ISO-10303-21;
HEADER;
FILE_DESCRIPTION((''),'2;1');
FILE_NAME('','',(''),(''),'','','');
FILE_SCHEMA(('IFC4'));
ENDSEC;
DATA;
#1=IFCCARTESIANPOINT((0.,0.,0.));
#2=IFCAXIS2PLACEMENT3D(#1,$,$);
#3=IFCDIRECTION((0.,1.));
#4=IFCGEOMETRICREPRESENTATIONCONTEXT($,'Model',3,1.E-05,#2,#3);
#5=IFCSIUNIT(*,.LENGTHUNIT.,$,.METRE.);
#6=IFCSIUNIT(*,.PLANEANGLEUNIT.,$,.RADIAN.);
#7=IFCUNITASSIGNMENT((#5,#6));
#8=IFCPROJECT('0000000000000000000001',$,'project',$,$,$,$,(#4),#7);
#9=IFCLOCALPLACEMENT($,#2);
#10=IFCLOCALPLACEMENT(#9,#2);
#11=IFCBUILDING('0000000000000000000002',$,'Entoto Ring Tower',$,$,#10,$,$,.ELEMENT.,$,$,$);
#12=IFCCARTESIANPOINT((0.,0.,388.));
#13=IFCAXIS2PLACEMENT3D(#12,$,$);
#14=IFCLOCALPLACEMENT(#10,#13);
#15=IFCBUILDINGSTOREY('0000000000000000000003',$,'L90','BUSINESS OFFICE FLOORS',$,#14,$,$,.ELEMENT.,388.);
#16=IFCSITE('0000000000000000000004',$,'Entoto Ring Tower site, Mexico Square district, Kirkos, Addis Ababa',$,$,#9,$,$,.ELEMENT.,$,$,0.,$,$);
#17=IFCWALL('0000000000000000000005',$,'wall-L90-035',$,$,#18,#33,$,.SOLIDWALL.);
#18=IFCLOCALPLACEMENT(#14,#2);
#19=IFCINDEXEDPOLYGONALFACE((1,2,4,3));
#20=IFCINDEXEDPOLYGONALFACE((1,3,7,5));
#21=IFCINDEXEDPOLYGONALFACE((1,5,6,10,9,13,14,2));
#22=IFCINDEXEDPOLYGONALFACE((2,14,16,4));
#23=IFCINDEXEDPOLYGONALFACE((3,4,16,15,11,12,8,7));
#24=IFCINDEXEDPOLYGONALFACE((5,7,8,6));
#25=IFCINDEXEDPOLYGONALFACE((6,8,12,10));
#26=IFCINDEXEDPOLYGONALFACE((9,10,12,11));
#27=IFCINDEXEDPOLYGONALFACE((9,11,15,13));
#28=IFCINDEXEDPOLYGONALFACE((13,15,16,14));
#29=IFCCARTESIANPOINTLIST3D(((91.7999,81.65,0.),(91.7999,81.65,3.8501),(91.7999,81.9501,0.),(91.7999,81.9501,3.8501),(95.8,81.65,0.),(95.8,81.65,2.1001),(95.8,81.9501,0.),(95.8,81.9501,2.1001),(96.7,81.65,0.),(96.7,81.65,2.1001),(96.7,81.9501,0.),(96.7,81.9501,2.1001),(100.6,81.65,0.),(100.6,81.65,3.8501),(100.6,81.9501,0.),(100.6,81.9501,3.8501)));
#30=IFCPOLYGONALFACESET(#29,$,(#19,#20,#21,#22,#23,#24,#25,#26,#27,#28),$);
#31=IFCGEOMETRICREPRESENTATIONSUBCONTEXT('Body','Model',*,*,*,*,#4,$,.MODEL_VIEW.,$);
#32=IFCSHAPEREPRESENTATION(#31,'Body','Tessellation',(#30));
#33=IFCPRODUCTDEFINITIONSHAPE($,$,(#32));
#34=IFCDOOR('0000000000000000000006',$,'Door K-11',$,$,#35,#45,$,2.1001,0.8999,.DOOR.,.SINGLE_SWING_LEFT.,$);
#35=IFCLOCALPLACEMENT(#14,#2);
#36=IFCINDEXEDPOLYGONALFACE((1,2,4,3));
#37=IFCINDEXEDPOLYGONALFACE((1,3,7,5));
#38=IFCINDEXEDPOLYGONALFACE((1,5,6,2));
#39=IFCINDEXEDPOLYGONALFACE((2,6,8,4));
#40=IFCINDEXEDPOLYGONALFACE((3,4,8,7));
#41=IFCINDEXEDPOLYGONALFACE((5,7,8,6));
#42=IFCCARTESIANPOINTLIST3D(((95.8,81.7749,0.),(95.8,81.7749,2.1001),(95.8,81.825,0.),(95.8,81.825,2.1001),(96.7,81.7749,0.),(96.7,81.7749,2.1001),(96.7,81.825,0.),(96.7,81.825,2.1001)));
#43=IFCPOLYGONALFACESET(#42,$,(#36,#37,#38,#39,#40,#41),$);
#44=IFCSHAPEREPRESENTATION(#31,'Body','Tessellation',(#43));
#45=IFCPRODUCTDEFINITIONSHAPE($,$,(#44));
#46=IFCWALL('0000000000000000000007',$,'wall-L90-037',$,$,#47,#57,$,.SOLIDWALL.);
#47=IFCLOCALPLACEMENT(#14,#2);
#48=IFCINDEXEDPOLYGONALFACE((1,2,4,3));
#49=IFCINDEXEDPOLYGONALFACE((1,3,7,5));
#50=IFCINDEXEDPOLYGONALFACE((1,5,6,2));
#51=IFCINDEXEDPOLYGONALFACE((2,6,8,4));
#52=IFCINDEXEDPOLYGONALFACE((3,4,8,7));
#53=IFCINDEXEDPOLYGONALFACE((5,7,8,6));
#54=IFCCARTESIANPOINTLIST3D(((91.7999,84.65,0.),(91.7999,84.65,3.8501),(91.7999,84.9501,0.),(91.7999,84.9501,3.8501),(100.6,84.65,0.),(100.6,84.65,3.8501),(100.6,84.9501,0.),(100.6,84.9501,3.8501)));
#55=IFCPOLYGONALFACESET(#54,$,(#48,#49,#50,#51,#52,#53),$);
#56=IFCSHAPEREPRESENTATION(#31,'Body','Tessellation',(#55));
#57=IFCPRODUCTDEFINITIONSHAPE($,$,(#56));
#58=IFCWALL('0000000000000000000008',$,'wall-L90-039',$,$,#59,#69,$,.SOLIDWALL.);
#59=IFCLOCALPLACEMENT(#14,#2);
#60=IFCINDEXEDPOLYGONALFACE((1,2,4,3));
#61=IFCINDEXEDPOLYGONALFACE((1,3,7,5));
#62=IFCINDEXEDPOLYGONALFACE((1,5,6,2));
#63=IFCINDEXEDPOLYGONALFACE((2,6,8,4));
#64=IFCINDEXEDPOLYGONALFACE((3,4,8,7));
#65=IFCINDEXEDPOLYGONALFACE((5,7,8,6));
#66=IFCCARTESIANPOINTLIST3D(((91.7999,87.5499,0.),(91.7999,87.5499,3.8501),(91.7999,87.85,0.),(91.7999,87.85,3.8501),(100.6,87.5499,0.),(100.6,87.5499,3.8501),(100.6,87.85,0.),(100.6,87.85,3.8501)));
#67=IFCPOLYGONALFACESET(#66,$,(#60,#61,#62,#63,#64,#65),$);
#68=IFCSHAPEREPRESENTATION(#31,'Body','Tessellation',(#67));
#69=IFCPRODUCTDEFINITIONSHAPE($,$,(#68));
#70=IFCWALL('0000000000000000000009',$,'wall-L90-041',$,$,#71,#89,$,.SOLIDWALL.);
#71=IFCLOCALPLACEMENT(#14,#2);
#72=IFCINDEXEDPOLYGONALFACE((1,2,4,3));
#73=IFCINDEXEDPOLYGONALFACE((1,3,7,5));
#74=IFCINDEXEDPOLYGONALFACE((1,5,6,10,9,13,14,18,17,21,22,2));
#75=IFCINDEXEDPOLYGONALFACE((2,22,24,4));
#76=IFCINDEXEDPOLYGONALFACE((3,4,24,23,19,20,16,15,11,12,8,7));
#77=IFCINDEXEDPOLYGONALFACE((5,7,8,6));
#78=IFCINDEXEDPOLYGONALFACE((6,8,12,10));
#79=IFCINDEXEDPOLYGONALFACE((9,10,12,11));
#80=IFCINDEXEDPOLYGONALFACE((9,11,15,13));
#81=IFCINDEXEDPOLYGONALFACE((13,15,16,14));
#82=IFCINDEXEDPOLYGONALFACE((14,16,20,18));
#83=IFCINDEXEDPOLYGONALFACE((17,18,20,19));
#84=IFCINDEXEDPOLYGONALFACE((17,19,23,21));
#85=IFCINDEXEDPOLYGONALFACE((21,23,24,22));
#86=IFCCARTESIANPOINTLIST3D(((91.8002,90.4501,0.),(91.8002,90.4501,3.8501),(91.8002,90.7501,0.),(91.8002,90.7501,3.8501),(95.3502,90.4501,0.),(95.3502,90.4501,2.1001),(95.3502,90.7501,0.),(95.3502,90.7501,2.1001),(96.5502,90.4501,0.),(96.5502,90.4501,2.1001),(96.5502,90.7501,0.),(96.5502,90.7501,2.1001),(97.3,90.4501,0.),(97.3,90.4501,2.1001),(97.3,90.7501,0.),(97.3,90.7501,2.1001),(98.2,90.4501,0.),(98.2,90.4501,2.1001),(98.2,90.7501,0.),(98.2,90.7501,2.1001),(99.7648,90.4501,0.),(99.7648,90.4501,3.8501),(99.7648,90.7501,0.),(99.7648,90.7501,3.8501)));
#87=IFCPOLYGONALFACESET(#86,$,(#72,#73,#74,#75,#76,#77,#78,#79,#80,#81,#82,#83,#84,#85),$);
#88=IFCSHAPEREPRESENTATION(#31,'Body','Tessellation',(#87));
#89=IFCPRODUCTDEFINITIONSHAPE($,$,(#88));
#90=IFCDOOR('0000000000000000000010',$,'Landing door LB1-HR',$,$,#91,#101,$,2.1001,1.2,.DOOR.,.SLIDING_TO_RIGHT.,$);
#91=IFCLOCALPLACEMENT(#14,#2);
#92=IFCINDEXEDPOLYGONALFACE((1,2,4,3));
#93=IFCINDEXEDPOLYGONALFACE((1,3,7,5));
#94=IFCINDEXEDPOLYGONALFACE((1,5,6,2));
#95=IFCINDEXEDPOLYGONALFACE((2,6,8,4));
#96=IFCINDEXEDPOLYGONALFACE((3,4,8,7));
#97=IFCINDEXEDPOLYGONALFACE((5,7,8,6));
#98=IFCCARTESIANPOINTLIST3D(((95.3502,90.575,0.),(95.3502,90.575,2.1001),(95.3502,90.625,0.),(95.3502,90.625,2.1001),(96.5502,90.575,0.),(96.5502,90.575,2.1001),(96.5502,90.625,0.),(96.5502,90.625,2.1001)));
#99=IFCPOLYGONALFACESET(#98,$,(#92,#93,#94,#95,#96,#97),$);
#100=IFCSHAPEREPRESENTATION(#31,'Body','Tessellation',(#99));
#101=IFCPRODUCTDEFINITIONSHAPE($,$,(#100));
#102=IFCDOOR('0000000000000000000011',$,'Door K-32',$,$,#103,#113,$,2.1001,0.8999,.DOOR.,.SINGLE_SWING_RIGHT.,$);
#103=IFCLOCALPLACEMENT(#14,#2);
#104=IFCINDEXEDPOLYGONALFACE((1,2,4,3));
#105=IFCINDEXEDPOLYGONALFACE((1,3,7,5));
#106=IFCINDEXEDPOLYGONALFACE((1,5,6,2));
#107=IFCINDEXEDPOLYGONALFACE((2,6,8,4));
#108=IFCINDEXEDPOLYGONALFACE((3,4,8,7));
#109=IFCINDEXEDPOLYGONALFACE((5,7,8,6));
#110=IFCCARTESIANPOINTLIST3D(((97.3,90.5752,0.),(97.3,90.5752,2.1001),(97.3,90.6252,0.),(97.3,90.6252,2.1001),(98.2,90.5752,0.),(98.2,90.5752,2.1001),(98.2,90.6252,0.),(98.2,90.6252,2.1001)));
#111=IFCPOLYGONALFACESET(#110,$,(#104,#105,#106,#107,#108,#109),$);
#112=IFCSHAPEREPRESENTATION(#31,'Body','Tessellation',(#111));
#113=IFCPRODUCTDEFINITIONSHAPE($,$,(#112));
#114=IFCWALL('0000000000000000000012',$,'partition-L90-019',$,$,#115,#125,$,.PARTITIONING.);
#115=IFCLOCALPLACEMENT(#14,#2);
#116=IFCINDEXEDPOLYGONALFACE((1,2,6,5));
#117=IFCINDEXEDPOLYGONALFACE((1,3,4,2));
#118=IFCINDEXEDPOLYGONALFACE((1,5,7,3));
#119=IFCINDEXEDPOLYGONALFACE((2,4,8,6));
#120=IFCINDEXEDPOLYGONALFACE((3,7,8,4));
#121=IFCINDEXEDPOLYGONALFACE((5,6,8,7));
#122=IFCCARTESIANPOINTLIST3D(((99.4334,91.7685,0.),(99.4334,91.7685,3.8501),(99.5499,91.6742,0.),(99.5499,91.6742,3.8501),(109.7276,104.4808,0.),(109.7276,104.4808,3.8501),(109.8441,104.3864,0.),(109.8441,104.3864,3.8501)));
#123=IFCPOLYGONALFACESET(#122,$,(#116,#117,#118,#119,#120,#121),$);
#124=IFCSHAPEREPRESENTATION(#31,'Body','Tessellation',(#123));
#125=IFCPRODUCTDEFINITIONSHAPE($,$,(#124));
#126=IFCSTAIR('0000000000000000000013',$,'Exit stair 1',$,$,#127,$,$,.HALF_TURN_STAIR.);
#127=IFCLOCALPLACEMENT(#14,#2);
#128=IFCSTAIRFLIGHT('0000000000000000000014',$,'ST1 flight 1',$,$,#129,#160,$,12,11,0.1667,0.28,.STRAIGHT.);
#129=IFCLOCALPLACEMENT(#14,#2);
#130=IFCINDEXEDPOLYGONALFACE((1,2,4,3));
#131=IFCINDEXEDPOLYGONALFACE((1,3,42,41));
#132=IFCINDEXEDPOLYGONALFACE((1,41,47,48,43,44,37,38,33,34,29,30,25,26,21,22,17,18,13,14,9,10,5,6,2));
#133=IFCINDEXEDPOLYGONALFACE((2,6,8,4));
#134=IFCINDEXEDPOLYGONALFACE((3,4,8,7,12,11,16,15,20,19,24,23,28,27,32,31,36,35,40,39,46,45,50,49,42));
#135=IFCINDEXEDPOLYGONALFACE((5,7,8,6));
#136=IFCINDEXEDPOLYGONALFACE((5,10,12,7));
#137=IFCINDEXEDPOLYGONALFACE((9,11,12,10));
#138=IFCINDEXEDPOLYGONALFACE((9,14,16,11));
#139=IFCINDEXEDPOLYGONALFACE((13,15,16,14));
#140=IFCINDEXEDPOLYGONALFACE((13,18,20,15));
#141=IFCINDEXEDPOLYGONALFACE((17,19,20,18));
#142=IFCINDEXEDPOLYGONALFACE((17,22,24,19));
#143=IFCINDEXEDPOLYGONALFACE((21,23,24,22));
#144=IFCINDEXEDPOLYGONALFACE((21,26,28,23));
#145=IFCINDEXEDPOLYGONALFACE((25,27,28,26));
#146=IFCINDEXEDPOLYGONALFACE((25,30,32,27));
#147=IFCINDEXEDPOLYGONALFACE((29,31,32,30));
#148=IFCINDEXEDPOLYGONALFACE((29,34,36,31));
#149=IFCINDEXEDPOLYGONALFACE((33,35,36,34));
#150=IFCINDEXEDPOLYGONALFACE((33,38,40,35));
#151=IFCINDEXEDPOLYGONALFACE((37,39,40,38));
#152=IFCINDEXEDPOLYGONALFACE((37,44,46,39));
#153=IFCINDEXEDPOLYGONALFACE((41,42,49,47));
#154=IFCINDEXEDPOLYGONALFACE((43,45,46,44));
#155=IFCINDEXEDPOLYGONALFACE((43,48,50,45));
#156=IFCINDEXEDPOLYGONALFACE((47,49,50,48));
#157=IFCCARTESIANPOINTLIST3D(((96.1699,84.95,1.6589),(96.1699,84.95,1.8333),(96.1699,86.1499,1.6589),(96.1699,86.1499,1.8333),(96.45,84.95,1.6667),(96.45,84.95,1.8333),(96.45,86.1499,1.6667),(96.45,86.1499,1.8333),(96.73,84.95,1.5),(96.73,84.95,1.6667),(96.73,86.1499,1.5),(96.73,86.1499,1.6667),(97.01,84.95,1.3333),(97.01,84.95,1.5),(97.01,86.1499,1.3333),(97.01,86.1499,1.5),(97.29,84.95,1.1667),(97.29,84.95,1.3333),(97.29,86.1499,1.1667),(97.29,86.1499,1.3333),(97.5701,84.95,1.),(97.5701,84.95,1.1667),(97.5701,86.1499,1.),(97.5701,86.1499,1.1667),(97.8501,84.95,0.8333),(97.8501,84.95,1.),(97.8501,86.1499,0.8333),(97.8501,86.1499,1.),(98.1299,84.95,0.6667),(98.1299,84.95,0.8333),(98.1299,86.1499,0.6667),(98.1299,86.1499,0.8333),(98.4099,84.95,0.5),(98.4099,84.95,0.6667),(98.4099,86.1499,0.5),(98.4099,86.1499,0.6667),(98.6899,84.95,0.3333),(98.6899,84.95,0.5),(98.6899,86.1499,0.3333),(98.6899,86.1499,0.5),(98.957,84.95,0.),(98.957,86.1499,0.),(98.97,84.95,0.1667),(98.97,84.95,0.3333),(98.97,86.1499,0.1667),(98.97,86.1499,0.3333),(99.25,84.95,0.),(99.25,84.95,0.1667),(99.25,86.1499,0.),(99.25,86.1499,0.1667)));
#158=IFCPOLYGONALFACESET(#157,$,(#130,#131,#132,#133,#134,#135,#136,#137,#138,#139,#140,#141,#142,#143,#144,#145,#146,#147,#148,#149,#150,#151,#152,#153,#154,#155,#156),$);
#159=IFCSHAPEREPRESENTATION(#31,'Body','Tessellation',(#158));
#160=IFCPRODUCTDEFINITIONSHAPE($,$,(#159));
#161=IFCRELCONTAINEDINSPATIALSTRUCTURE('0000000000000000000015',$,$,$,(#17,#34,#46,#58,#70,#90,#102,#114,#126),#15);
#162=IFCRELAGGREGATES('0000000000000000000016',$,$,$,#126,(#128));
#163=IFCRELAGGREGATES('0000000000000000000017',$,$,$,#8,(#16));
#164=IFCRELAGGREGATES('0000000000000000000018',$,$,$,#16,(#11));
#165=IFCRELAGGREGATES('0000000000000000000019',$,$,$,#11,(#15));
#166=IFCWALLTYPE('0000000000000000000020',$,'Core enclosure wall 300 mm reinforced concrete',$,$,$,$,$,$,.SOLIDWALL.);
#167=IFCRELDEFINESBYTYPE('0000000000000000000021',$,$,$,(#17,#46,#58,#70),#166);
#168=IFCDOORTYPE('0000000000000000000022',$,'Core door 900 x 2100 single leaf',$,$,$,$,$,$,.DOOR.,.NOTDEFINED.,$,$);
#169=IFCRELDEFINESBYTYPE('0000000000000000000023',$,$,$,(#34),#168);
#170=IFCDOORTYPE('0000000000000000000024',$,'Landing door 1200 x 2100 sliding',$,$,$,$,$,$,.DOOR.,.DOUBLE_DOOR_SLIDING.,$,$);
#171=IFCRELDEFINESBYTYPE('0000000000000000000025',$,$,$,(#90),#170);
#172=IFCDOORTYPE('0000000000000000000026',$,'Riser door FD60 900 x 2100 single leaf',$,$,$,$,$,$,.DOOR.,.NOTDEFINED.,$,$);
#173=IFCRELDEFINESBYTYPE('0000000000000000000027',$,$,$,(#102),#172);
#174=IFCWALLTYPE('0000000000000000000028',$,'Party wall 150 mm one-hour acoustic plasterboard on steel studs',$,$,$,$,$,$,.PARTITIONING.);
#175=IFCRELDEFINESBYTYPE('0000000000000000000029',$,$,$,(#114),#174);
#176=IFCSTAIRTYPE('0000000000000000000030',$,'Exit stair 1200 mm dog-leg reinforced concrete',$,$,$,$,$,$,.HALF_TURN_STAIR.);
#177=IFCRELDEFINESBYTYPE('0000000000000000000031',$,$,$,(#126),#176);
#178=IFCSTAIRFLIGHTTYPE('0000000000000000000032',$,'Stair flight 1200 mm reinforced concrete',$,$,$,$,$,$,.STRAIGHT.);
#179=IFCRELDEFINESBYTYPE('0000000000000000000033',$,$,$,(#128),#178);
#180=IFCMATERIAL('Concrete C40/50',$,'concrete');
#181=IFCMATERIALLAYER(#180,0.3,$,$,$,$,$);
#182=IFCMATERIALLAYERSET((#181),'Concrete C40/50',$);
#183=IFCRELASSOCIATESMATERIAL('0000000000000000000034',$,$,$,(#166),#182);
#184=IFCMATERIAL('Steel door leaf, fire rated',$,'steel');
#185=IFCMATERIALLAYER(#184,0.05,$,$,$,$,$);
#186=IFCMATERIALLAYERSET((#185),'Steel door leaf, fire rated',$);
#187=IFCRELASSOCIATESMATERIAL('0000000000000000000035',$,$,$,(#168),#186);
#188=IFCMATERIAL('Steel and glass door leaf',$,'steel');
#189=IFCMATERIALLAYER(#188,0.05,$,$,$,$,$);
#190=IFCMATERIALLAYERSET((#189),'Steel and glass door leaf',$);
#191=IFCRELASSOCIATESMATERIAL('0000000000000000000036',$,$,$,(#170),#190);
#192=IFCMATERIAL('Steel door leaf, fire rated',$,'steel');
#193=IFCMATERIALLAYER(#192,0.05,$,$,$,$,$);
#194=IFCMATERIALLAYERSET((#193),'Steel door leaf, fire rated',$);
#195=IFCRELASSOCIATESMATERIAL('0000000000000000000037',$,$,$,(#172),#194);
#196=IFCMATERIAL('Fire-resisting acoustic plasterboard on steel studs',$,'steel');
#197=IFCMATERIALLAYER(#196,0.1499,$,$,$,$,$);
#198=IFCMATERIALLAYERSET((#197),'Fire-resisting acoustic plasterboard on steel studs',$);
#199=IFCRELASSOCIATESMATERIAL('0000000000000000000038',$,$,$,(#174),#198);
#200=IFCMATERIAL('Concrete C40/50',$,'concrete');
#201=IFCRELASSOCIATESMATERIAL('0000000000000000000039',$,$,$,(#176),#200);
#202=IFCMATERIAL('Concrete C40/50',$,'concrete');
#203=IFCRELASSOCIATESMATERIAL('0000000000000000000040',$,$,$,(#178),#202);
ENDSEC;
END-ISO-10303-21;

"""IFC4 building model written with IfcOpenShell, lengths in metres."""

from ifc_helpers import new_model, si_unit, direction, frame, frame_2d, origin, place, context, subcontext, project, spatial, polyline, rectangle, outline, extrude, material, layer, layer_set, type_object, element, fill, aggregate, save


model = new_model("IFC4")

# Units and contexts
model_context = context("Model", 3, precision=1e-05, world=origin(), true_north=direction((0.0, 1.0)))
body_context = subcontext(model_context, "Body", "Model", "MODEL_VIEW")
ifc_project = project(units=[si_unit("LENGTHUNIT", "METRE"), si_unit("PLANEANGLEUNIT", "RADIAN")], contexts=[model_context])

# Site, building, storey
site_placement = place(None, origin())
site = spatial("IfcSite", under=ifc_project, at=site_placement, Name="Entoto Ring Tower site, Mexico Square district, Kirkos, Addis Ababa", CompositionType="ELEMENT", RefElevation=0.0)
building_placement = place(site_placement, origin())
building = spatial("IfcBuilding", under=site, at=building_placement, Name="Entoto Ring Tower", CompositionType="ELEMENT")
storey_placement = place(building_placement, frame((0.0, 0.0, 388.0)))
storey = spatial("IfcBuildingStorey", under=building, at=storey_placement, Name="L90", Description="BUSINESS OFFICE FLOORS", CompositionType="ELEMENT", Elevation=388.0)

# Shared definitions
ifc_material_1 = material(Name="Concrete C40/50", Category="concrete")
ifc_layer_1 = layer(ifc_material_1, 0.3)
ifc_layer_set_1 = layer_set([ifc_layer_1], Name="Concrete C40/50")
wall_type_1 = type_object("IfcWallType", Name="Core enclosure wall 300 mm reinforced concrete", PredefinedType="SOLIDWALL", material=ifc_layer_set_1)

# Shared definitions
ifc_material_2 = material(Name="Steel door leaf, fire rated", Category="steel")
ifc_layer_2 = layer(ifc_material_2, 0.05)
ifc_layer_set_2 = layer_set([ifc_layer_2], Name="Steel door leaf, fire rated")
door_type_1 = type_object("IfcDoorType", Name="Core door 900 x 2100 single leaf", OperationType="NOTDEFINED", PredefinedType="DOOR", material=ifc_layer_set_2)
ifc_material_3 = material(Name="Steel and glass door leaf", Category="steel")
ifc_layer_3 = layer(ifc_material_3, 0.05)
ifc_layer_set_3 = layer_set([ifc_layer_3], Name="Steel and glass door leaf")
door_type_2 = type_object("IfcDoorType", Name="Landing door 1200 x 2100 sliding", OperationType="DOUBLE_DOOR_SLIDING", PredefinedType="DOOR", material=ifc_layer_set_3)

# Wall, opening, door
wall_1_placement = place(storey_placement, frame((91.8, 81.8, 0.0), z_axis=(0.0, 0.0, 1.0), x_axis=(1.0, 0.0, 0.0)))
wall_1 = element("IfcWall", 1, at=wall_1_placement, inside=storey, type_object=wall_type_1, Name="wall-L90-035", PredefinedType="SOLIDWALL", context=body_context, shape_type="SweptSolid", body=[
    extrude(rectangle(XDim=8.8, YDim=0.3, at=frame_2d((4.3999, 0.0))), origin(), (0.0, 0.0, 1.0), 3.8501),
])
opening_1_placement = place(wall_1_placement, frame((4.0, 0.0, 0.0)))
opening_1 = element("IfcOpeningElement", 2, at=opening_1_placement, cuts=wall_1, PredefinedType="OPENING", context=body_context, shape_type="SweptSolid", body=[
    extrude(rectangle(XDim=0.8999, YDim=2.1001, at=frame_2d((0.45, 1.05))), frame((0.0, 0.1602, 0.0), z_axis=(0.0, -1.0, 0.0), x_axis=(1.0, 0.0, 0.0)), (0.0, 0.0, 1.0), 0.3201),
])
door_1_placement = place(opening_1_placement, origin())
door_1 = element("IfcDoor", 3, at=door_1_placement, inside=storey, type_object=door_type_1, Name="Door K-11", OperationType="SINGLE_SWING_LEFT", OverallHeight=2.1001, OverallWidth=0.8999, PredefinedType="DOOR", context=body_context, shape_type="SweptSolid", body=[
    extrude(rectangle(XDim=0.8999, YDim=2.1001, at=frame_2d((0.45, 1.05))), frame((0.0, 0.0249, 0.0), z_axis=(0.0, -1.0, 0.0), x_axis=(1.0, 0.0, 0.0)), (0.0, 0.0, 1.0), 0.05),
])
fill(opening_1, door_1)

# Walls
for number, where, z_axis, x_axis, name in (
    (4, (91.8, 84.8, 0.0), (0.0, 0.0, 1.0), (1.0, 0.0, 0.0), "wall-L90-037"),
    (5, (91.8, 87.7, 0.0), (0.0, 0.0, 1.0), (1.0, 0.0, 0.0), "wall-L90-039"),
):
    element("IfcWall", number, at=place(storey_placement, frame(where, z_axis=z_axis, x_axis=x_axis)), inside=storey, type_object=wall_type_1, Name=name, PredefinedType="SOLIDWALL", context=body_context, shape_type="SweptSolid", body=[
        extrude(rectangle(XDim=8.8, YDim=0.3, at=frame_2d((4.3999, 0.0))), origin(), (0.0, 0.0, 1.0), 3.8501),
    ])

# Wall, openings, doors
wall_2_placement = place(storey_placement, frame((91.8, 90.6001, 0.0), z_axis=(0.0, 0.0, 1.0), x_axis=(1.0, 0.0, 0.0)))
wall_2 = element("IfcWall", 6, at=wall_2_placement, inside=storey, type_object=wall_type_1, Name="wall-L90-041", PredefinedType="SOLIDWALL", context=body_context, shape_type="SweptSolid", body=[
    extrude(rectangle(XDim=7.9646, YDim=0.3, at=frame_2d((3.9824, 0.0))), origin(), (0.0, 0.0, 1.0), 3.8501),
])
opening_2_placement = place(wall_2_placement, frame((3.55, 0.0, 0.0)))
opening_2 = element("IfcOpeningElement", 7, at=opening_2_placement, cuts=wall_2, PredefinedType="OPENING", context=body_context, shape_type="SweptSolid", body=[
    extrude(rectangle(XDim=1.2, YDim=2.1001, at=frame_2d((0.6001, 1.05))), frame((0.0, 0.1602, 0.0), z_axis=(0.0, -1.0, 0.0), x_axis=(1.0, 0.0, 0.0)), (0.0, 0.0, 1.0), 0.3201),
])
opening_3_placement = place(wall_2_placement, frame((5.5, 0.0, 0.0)))
opening_3 = element("IfcOpeningElement", 8, at=opening_3_placement, cuts=wall_2, PredefinedType="OPENING", context=body_context, shape_type="SweptSolid", body=[
    extrude(rectangle(XDim=0.8999, YDim=2.1001, at=frame_2d((0.45, 1.05))), frame((0.0, 0.1602, 0.0), z_axis=(0.0, -1.0, 0.0), x_axis=(1.0, 0.0, 0.0)), (0.0, 0.0, 1.0), 0.3201),
])
door_2_placement = place(opening_2_placement, origin())
door_2 = element("IfcDoor", 9, at=door_2_placement, inside=storey, type_object=door_type_2, Name="Landing door LB1-HR", OperationType="SLIDING_TO_RIGHT", OverallHeight=2.1001, OverallWidth=1.2, PredefinedType="DOOR", context=body_context, shape_type="SweptSolid", body=[
    extrude(rectangle(XDim=1.2, YDim=2.1001, at=frame_2d((0.6001, 1.05))), frame((0.0, 0.0249, 0.0), z_axis=(0.0, -1.0, 0.0), x_axis=(1.0, 0.0, 0.0)), (0.0, 0.0, 1.0), 0.05),
])
fill(opening_2, door_2)
ifc_material_4 = material(Name="Steel door leaf, fire rated", Category="steel")
ifc_layer_4 = layer(ifc_material_4, 0.05)
ifc_layer_set_4 = layer_set([ifc_layer_4], Name="Steel door leaf, fire rated")
door_type_3 = type_object("IfcDoorType", Name="Riser door FD60 900 x 2100 single leaf", OperationType="NOTDEFINED", PredefinedType="DOOR", material=ifc_layer_set_4)
door_3_placement = place(opening_3_placement, frame((0.8999, 0.0, 0.0), z_axis=(0.0, 0.0, 1.0), x_axis=(-1.0, 0.0, 0.0)))
door_3 = element("IfcDoor", 10, at=door_3_placement, inside=storey, type_object=door_type_3, Name="Door K-32", OperationType="SINGLE_SWING_RIGHT", OverallHeight=2.1001, OverallWidth=0.8999, PredefinedType="DOOR", context=body_context, shape_type="SweptSolid", body=[
    extrude(rectangle(XDim=0.8999, YDim=2.1001, at=frame_2d((0.45, 1.05))), frame((0.0, 0.0249, 0.0), z_axis=(0.0, -1.0, 0.0), x_axis=(1.0, 0.0, 0.0)), (0.0, 0.0, 1.0), 0.05),
])
fill(opening_3, door_3)

# Wall
ifc_material_5 = material(Name="Fire-resisting acoustic plasterboard on steel studs", Category="steel")
ifc_layer_5 = layer(ifc_material_5, 0.1499)
ifc_layer_set_5 = layer_set([ifc_layer_5], Name="Fire-resisting acoustic plasterboard on steel studs")
wall_type_2 = type_object("IfcWallType", Name="Party wall 150 mm one-hour acoustic plasterboard on steel studs", PredefinedType="PARTITIONING", material=ifc_layer_set_5)
wall_3_placement = place(storey_placement, frame((99.4917, 91.7214, 0.0), z_axis=(0.0, 0.0, 1.0), x_axis=(0.629324, 0.777143, 0.0)))
element("IfcWall", 11, at=wall_3_placement, inside=storey, type_object=wall_type_2, Name="partition-L90-019", PredefinedType="PARTITIONING", context=body_context, shape_type="SweptSolid", body=[
    extrude(rectangle(XDim=16.3577, YDim=0.1499, at=frame_2d((8.1787, 0.0))), origin(), (0.0, 0.0, 1.0), 3.8501),
])

# Stair, stair flight
ifc_material_6 = material(Name="Concrete C40/50", Category="concrete")
stair_type = type_object("IfcStairType", Name="Exit stair 1200 mm dog-leg reinforced concrete", PredefinedType="HALF_TURN_STAIR", material=ifc_material_6)
stair_placement = place(storey_placement, origin())
stair = element("IfcStair", 12, at=stair_placement, inside=storey, type_object=stair_type, Name="Exit stair 1", PredefinedType="HALF_TURN_STAIR")
ifc_material_7 = material(Name="Concrete C40/50", Category="concrete")
stair_flight_type = type_object("IfcStairFlightType", Name="Stair flight 1200 mm reinforced concrete", PredefinedType="STRAIGHT", material=ifc_material_7)
stair_flight_1_placement = place(storey_placement, frame((99.25, 85.55, 0.0), z_axis=(0.0, 0.0, 1.0), x_axis=(-1.0, 0.0, 0.0)))
stair_flight_1 = element("IfcStairFlight", 13, at=stair_flight_1_placement, type_object=stair_flight_type, Name="ST1 flight 1", NumberOfRisers=12, NumberOfTreads=11, PredefinedType="STRAIGHT", RiserHeight=0.1667, TreadLength=0.28, context=body_context, shape_type="SweptSolid", body=[
    extrude(outline(polyline([(0.0, 0.0), (0.0, 0.1667), (0.28, 0.1667), (0.28, 0.3333), (0.5601, 0.3333), (0.5601, 0.5), (0.8401, 0.5), (0.8401, 0.6667), (1.1201, 0.6667), (1.1201, 0.8333), (1.3999, 0.8333), (1.3999, 1.0), (1.6799, 1.0), (1.6799, 1.1667), (1.96, 1.1667), (1.96, 1.3333), (2.24, 1.3333), (2.24, 1.5), (2.52, 1.5), (2.52, 1.6667), (2.8, 1.6667), (2.8, 1.8333), (3.0801, 1.8333), (3.0801, 2.0), (3.0801, 1.6589), (0.293, 0.0), (0.0, 0.0)])), frame((0.0, 0.6001, 0.0), z_axis=(0.0, -1.0, 0.0), x_axis=(1.0, 0.0, 0.0)), (0.0, 0.0, 1.0), 1.2),
])
aggregate(stair, [stair_flight_1])

save(model, "model.ifc")
